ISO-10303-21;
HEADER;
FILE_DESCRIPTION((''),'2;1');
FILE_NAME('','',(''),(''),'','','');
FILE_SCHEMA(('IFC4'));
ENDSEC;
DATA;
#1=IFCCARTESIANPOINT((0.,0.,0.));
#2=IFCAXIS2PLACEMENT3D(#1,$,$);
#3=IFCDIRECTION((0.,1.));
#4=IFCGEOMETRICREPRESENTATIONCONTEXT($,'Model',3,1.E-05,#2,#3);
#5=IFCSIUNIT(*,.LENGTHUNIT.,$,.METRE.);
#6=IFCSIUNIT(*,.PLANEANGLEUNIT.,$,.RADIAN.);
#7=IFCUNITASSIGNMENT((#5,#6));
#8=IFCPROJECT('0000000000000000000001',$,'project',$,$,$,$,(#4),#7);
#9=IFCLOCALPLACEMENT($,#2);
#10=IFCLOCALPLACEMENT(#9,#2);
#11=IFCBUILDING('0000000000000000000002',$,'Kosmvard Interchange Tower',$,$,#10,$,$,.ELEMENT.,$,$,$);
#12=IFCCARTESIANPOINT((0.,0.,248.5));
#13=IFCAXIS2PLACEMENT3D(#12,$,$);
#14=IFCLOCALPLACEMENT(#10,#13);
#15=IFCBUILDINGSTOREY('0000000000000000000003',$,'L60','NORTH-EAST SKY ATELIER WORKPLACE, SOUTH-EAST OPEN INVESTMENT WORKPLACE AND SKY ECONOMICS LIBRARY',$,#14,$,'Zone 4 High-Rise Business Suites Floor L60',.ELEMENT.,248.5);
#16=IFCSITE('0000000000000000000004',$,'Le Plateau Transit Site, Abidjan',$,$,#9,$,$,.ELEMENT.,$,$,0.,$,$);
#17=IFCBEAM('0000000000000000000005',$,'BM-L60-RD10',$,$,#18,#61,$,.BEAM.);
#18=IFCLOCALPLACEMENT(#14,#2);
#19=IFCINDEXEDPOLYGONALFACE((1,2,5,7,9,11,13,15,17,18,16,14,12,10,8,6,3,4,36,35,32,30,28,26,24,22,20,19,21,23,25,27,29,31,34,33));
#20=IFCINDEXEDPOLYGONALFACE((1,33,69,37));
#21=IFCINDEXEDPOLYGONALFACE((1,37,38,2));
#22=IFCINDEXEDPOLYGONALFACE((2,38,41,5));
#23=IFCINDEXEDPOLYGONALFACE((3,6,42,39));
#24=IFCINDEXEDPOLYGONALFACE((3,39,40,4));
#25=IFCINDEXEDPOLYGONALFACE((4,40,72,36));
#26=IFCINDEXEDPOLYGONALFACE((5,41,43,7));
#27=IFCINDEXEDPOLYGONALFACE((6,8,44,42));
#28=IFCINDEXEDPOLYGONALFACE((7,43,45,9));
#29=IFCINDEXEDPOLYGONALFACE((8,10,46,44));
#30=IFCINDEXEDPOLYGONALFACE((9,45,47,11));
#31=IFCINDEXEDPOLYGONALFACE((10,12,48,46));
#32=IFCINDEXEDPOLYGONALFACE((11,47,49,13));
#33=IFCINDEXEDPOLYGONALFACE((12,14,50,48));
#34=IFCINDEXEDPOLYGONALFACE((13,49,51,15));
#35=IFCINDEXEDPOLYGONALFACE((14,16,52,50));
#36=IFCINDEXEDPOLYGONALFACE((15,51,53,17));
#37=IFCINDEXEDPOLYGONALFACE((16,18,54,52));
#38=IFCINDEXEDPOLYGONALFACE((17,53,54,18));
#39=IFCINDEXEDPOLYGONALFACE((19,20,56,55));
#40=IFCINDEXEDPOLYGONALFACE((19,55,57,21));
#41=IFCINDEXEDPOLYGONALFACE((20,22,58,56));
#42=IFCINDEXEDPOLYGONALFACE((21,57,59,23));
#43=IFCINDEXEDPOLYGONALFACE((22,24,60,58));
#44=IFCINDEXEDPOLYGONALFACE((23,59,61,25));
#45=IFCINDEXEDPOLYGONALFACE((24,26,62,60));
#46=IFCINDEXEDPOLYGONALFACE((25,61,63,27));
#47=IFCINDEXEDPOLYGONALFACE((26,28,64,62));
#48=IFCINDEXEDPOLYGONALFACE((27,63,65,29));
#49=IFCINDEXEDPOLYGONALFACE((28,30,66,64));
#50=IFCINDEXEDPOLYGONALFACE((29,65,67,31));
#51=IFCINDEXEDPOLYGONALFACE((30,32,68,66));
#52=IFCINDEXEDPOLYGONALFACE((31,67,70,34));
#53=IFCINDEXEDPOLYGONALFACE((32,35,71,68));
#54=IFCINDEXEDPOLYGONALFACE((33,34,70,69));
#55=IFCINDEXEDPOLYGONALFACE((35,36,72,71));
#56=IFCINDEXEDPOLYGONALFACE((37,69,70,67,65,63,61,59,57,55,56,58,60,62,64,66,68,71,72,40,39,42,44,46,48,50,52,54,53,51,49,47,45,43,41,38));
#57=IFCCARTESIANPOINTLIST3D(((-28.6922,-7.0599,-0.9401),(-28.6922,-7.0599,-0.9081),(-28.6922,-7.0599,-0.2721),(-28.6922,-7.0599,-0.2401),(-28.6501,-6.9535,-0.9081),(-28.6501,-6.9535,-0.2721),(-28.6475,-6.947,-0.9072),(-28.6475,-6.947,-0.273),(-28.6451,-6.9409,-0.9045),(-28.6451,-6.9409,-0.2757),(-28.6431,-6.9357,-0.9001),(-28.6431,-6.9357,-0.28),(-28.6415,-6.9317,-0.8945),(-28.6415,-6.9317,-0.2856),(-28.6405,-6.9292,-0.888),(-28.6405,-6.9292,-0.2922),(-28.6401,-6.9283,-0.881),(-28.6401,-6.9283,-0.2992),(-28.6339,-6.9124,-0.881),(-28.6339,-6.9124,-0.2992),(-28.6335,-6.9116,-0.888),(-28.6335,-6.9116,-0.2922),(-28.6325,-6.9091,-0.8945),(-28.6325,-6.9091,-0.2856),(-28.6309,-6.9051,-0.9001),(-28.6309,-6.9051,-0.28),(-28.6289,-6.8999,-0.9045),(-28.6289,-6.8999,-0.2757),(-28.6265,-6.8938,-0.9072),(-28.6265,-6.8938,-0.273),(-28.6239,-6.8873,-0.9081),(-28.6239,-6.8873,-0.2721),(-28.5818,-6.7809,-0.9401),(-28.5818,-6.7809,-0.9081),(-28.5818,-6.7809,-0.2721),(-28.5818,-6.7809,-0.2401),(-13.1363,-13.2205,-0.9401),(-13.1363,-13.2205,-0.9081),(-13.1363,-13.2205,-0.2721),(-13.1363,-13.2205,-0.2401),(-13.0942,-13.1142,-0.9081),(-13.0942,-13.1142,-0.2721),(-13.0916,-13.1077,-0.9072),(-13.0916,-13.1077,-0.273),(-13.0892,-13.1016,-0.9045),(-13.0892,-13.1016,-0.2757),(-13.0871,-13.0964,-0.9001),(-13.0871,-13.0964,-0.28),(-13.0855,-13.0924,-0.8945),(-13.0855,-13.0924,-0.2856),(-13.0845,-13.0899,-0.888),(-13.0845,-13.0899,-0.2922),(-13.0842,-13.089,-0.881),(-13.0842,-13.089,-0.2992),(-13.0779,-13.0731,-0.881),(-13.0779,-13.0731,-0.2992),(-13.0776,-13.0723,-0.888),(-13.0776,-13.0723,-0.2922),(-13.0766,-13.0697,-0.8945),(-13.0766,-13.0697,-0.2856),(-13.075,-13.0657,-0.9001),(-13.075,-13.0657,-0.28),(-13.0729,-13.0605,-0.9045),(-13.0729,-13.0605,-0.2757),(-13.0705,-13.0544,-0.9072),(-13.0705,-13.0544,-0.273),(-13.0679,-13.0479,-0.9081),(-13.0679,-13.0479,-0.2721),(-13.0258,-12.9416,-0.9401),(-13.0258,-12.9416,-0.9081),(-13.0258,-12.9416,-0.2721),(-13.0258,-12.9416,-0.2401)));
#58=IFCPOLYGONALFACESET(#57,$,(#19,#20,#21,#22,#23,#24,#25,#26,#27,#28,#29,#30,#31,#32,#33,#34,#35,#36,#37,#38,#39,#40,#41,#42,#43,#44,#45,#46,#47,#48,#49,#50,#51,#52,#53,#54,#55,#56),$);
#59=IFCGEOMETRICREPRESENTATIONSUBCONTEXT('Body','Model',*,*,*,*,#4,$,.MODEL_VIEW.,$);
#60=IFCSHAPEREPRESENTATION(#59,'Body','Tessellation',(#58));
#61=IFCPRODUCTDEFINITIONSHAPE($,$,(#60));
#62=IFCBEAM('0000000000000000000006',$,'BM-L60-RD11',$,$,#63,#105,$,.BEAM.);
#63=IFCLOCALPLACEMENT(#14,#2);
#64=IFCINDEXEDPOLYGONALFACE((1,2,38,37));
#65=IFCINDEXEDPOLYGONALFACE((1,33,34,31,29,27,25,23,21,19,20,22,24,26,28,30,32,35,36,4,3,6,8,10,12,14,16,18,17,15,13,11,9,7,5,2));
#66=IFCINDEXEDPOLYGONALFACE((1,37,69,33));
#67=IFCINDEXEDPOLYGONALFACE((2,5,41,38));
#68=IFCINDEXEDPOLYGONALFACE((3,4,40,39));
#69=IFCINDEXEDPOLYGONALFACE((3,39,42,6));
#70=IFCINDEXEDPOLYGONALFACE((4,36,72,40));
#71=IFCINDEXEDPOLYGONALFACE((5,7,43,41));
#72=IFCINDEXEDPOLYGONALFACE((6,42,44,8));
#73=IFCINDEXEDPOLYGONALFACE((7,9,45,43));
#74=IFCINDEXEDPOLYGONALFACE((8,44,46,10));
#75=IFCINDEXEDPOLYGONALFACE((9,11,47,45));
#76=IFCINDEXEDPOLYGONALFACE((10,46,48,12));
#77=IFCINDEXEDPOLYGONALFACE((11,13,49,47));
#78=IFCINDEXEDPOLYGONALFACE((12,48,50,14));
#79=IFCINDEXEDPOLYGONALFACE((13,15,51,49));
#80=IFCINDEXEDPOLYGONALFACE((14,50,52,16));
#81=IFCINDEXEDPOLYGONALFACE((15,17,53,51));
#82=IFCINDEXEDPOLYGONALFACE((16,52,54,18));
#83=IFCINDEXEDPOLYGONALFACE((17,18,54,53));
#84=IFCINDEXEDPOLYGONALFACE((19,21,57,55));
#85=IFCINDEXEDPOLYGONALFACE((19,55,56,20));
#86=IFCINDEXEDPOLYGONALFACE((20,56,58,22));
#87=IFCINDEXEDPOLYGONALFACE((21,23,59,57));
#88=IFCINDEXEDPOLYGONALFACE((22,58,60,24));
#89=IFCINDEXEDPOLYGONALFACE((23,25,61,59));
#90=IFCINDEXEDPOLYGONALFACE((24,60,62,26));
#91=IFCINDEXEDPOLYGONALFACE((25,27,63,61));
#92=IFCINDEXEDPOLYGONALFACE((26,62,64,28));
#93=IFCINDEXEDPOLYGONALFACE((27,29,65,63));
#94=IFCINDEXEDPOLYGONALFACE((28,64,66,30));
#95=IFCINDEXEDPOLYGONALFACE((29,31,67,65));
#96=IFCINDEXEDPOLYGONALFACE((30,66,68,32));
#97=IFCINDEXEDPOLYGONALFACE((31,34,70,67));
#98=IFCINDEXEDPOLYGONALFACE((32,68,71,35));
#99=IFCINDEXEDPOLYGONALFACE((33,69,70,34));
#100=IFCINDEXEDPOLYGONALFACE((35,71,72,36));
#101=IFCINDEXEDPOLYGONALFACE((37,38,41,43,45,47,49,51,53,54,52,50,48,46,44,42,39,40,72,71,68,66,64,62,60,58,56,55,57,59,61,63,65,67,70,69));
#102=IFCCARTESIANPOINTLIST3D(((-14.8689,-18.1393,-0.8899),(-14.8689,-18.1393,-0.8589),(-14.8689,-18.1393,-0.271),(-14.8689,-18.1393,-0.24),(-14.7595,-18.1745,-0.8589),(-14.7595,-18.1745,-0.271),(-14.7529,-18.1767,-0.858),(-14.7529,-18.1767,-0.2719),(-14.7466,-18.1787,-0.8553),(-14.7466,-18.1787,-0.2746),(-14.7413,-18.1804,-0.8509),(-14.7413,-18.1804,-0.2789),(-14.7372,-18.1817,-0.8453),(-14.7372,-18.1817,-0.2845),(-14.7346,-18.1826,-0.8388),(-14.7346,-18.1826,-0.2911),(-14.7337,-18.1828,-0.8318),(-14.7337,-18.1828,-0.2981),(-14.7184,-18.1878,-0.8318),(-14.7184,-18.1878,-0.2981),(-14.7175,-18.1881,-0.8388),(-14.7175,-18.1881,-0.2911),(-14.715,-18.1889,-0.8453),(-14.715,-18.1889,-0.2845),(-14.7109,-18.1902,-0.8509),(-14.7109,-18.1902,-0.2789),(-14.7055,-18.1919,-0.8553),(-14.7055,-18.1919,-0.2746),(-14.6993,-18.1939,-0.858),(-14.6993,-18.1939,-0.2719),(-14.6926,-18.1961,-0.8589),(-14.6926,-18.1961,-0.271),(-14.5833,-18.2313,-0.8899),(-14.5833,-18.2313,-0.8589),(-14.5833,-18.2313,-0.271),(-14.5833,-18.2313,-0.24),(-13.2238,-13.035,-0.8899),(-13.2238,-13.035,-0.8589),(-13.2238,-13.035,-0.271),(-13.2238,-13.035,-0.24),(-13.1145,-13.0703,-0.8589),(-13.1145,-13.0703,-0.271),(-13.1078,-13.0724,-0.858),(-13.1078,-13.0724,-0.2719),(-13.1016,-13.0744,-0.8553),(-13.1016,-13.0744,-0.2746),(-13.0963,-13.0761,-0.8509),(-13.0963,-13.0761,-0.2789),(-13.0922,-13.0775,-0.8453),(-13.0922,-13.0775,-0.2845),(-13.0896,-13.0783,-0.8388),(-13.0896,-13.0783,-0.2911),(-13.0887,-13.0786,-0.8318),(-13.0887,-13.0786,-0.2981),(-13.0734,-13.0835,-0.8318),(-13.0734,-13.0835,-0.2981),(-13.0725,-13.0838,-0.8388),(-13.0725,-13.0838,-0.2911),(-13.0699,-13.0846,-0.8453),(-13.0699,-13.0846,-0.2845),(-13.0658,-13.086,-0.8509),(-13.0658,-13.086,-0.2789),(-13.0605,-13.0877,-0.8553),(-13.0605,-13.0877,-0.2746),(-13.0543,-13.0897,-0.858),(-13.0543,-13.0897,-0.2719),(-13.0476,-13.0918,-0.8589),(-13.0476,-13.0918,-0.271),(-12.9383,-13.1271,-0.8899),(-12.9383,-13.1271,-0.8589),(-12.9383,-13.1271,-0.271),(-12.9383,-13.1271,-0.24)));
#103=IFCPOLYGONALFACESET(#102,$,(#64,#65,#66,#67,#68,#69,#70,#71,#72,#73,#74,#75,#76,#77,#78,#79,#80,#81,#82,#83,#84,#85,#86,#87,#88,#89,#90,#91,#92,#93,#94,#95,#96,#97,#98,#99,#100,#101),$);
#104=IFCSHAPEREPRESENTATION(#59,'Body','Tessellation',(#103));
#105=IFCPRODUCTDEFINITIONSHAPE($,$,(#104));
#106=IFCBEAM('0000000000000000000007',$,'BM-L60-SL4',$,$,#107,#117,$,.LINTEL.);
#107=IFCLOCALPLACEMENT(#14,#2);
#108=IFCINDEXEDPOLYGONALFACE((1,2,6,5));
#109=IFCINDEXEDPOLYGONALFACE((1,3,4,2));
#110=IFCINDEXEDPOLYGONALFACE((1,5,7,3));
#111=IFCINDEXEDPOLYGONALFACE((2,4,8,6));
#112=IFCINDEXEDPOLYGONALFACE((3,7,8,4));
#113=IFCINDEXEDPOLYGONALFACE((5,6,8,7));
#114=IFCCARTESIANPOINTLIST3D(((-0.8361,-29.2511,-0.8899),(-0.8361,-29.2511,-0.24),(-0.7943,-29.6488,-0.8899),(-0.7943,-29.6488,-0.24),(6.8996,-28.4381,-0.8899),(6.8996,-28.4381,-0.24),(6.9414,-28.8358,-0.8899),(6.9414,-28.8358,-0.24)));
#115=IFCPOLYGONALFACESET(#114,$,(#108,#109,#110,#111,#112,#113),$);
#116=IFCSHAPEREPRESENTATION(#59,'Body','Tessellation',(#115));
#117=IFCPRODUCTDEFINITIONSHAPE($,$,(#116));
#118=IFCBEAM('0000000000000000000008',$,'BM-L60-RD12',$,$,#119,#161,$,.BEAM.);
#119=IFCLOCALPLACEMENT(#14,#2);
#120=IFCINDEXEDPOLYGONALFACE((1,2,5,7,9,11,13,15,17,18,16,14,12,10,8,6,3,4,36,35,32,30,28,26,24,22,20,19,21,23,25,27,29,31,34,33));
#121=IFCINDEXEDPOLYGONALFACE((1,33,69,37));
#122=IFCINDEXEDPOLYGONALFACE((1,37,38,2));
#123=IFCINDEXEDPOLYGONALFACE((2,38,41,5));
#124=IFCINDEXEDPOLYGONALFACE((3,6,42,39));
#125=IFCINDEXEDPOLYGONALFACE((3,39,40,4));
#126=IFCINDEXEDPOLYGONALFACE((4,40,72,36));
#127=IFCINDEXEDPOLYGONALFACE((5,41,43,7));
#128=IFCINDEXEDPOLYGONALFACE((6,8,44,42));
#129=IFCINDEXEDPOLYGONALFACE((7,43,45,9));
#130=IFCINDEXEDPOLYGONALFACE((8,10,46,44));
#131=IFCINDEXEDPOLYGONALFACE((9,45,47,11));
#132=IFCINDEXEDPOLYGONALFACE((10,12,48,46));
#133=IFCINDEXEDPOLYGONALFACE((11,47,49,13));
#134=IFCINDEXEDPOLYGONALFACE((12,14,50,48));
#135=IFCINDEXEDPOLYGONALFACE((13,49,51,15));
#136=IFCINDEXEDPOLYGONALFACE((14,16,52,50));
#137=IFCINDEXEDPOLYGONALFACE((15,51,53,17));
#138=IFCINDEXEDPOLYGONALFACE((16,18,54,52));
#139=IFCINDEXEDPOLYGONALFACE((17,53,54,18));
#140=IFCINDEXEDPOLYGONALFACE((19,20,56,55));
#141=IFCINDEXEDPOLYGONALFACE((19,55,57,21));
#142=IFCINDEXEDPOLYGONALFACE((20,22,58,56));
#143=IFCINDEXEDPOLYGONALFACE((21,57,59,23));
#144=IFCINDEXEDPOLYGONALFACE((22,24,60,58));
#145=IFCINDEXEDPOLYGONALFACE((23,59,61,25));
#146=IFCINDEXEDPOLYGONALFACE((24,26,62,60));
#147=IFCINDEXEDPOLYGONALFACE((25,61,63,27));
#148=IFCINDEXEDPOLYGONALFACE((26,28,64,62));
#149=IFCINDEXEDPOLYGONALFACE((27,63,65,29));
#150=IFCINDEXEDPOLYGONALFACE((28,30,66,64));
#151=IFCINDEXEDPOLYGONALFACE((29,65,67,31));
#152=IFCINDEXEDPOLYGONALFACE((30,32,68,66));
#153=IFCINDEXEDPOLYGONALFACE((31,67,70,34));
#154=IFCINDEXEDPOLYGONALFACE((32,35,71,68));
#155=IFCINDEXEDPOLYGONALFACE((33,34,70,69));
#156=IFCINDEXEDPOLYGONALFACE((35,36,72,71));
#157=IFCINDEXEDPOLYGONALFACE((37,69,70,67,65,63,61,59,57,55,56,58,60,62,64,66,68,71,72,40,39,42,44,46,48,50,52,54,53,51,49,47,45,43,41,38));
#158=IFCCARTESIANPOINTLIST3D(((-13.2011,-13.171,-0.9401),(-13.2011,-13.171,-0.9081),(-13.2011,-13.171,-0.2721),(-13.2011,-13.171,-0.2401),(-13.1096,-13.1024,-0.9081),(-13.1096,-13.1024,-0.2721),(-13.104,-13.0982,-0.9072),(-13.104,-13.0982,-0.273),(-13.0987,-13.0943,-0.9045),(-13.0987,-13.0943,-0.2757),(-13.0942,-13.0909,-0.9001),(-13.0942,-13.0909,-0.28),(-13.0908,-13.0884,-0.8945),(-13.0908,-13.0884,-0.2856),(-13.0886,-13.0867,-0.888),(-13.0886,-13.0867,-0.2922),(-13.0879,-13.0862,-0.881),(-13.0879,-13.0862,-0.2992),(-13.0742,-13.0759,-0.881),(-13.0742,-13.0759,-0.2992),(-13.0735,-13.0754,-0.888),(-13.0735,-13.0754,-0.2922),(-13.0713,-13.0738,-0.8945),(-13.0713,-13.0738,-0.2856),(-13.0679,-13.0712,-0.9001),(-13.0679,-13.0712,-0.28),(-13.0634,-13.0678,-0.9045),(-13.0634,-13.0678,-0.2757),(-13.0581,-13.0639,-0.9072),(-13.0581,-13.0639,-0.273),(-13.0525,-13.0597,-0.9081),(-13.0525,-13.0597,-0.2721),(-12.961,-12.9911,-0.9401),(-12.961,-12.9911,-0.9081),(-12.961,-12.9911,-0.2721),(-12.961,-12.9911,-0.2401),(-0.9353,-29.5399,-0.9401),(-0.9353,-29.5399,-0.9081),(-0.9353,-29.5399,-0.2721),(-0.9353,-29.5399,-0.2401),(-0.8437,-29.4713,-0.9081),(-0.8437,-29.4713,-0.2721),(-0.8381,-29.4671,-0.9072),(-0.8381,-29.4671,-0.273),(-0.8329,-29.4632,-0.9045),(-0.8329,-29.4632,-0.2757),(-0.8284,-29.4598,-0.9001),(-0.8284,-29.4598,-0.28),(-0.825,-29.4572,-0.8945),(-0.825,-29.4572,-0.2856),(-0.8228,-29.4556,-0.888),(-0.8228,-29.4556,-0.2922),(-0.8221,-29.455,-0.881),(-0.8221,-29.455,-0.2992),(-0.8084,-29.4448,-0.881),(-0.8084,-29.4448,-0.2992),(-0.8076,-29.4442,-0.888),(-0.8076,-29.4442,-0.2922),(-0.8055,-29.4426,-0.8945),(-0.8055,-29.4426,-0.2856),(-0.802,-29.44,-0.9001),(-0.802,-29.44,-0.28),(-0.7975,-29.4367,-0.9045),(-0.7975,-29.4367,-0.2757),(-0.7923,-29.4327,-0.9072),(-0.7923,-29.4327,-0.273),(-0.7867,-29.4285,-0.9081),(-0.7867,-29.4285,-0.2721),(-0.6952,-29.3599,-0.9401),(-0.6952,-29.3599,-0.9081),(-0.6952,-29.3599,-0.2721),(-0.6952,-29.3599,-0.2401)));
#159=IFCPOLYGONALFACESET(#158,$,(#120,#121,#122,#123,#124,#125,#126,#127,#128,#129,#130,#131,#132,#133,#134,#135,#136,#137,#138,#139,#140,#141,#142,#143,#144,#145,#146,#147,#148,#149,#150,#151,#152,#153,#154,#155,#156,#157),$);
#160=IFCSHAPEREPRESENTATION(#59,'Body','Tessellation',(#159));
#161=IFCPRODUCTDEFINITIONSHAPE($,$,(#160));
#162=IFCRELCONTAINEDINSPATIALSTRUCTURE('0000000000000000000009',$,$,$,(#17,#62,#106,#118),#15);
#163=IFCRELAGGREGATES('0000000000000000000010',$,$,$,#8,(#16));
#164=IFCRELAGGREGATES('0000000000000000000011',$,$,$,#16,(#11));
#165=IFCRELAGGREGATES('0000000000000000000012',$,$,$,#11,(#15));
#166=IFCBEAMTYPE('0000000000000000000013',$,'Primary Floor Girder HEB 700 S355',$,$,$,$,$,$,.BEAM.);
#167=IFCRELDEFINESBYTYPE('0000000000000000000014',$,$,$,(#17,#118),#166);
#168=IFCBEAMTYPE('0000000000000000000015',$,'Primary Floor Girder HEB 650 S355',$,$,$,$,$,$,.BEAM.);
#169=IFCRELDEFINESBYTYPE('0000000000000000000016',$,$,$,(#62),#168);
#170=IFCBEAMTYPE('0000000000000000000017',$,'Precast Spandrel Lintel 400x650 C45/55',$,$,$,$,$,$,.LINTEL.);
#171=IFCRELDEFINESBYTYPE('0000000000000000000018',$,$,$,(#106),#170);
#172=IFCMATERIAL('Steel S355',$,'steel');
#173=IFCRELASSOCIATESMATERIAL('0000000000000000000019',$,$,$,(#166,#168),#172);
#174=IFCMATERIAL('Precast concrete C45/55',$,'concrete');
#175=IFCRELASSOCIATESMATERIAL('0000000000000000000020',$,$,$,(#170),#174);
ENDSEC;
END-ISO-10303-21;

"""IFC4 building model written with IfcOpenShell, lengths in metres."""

from ifc_helpers import new_model, si_unit, direction, frame, origin, origin_2d, place, context, subcontext, project, spatial, rectangle, i_section, extrude, source, transform, mapped, material, material_profile, profile_set, type_object, element, save


model = new_model("IFC4")

# Units and contexts
model_context = context("Model", 3, precision=1e-05, world=origin(), true_north=direction((0.0, 1.0)))
body_context = subcontext(model_context, "Body", "Model", "MODEL_VIEW")
ifc_project = project(units=[si_unit("LENGTHUNIT", "METRE"), si_unit("PLANEANGLEUNIT", "RADIAN")], contexts=[model_context])

# Site, building, storey
site_placement = place(None, origin())
site = spatial("IfcSite", under=ifc_project, at=site_placement, Name="Le Plateau Transit Site, Abidjan", CompositionType="ELEMENT", RefElevation=0.0)
building_placement = place(site_placement, origin())
building = spatial("IfcBuilding", under=site, at=building_placement, Name="Kosmvard Interchange Tower", CompositionType="ELEMENT")
storey_placement = place(building_placement, frame((0.0, 0.0, 248.5)))
storey = spatial("IfcBuildingStorey", under=building, at=storey_placement, Name="L60", Description="NORTH-EAST SKY ATELIER WORKPLACE, SOUTH-EAST OPEN INVESTMENT WORKPLACE AND SKY ECONOMICS LIBRARY", LongName="Zone 4 High-Rise Business Suites Floor L60", CompositionType="ELEMENT", Elevation=248.5)

# Beams
ifc_material_1 = material(Name="Steel S355", Category="steel")
ifc_material_profile_1 = material_profile(ifc_material_1, i_section(OverallWidth=0.3, OverallDepth=0.7, WebThickness=0.0171, FlangeThickness=0.032, FilletRadius=0.0271, at=origin_2d()), Name="HEB 700")
ifc_profile_set_1 = profile_set([ifc_material_profile_1], Name="Steel S355")
beam_type_1 = type_object("IfcBeamType", Name="Primary Floor Girder HEB 700 S355", PredefinedType="BEAM", material=ifc_profile_set_1)
shared_shape_1 = source(origin(), body_context, "Body", "SweptSolid", [
    extrude(i_section(OverallWidth=0.3, OverallDepth=0.7, WebThickness=0.0171, FlangeThickness=0.032, FilletRadius=0.0271, at=origin_2d()), origin(), (0.0, 0.0, 1.0), 16.7314),
])
beam_1_placement = place(storey_placement, frame((-13.0811, -13.0811, -0.5901), z_axis=(-0.929743, 0.368209, 0.0), x_axis=(-0.368209, -0.929743, 0.0)))
element("IfcBeam", 1, at=beam_1_placement, inside=storey, type_object=beam_type_1, Name="BM-L60-RD10", PredefinedType="BEAM", context=body_context, shape_type="MappedRepresentation", body=[
    mapped(shared_shape_1, transform((0.0, 0.0, 0.0), scale=1.0)),
])
ifc_material_profile_2 = material_profile(ifc_material_1, i_section(OverallWidth=0.3, OverallDepth=0.6499, WebThickness=0.0161, FlangeThickness=0.031, FilletRadius=0.0271, at=origin_2d()), Name="HEB 650")
ifc_profile_set_2 = profile_set([ifc_material_profile_2], Name="Steel S355")
beam_type_2 = type_object("IfcBeamType", Name="Primary Floor Girder HEB 650 S355", PredefinedType="BEAM", material=ifc_profile_set_2)
shared_shape_2 = source(origin(), body_context, "Body", "SweptSolid", [
    extrude(i_section(OverallWidth=0.3, OverallDepth=0.6499, WebThickness=0.0161, FlangeThickness=0.031, FilletRadius=0.0271, at=origin_2d()), origin(), (0.0, 0.0, 1.0), 5.3628),
])
beam_2_placement = place(storey_placement, frame((-13.0811, -13.0811, -0.5649), z_axis=(-0.306747, -0.951791, 0.0), x_axis=(0.951791, -0.306747, 0.0)))
element("IfcBeam", 2, at=beam_2_placement, inside=storey, type_object=beam_type_2, Name="BM-L60-RD11", PredefinedType="BEAM", context=body_context, shape_type="MappedRepresentation", body=[
    mapped(shared_shape_2, transform((0.0, 0.0, 0.0), scale=1.0)),
])
ifc_material_2 = material(Name="Precast concrete C45/55", Category="concrete")
ifc_material_profile_3 = material_profile(ifc_material_2, rectangle(XDim=0.3999, YDim=0.6499, at=origin_2d()), Name="SL 400x650")
ifc_profile_set_3 = profile_set([ifc_material_profile_3], Name="Precast concrete C45/55")
beam_type_3 = type_object("IfcBeamType", Name="Precast Spandrel Lintel 400x650 C45/55", PredefinedType="LINTEL", material=ifc_profile_set_3)
shared_shape_3 = source(origin(), body_context, "Body", "SweptSolid", [
    extrude(rectangle(XDim=0.3999, YDim=0.6499, at=origin_2d()), origin(), (0.0, 0.0, 1.0), 7.7783),
])
beam_3_placement = place(storey_placement, frame((-0.8152, -29.45, -0.5649), z_axis=(0.994523, 0.104521, 0.0), x_axis=(-0.104521, 0.994523, 0.0)))
element("IfcBeam", 3, at=beam_3_placement, inside=storey, type_object=beam_type_3, Name="BM-L60-SL4", PredefinedType="LINTEL", context=body_context, shape_type="MappedRepresentation", body=[
    mapped(shared_shape_3, transform((0.0, 0.0, 0.0), scale=1.0)),
])
shared_shape_4 = source(origin(), body_context, "Body", "SweptSolid", [
    extrude(i_section(OverallWidth=0.3, OverallDepth=0.7, WebThickness=0.0171, FlangeThickness=0.032, FilletRadius=0.0271, at=origin_2d()), origin(), (0.0, 0.0, 1.0), 20.4546),
])
beam_4_placement = place(storey_placement, frame((-13.0811, -13.0811, -0.5901), z_axis=(0.599662, -0.800253, 0.0), x_axis=(0.800253, 0.599662, 0.0)))
element("IfcBeam", 4, at=beam_4_placement, inside=storey, type_object=beam_type_1, Name="BM-L60-RD12", PredefinedType="BEAM", context=body_context, shape_type="MappedRepresentation", body=[
    mapped(shared_shape_4, transform((0.0, 0.0, 0.0), scale=1.0)),
])

save(model, "model.ifc")
